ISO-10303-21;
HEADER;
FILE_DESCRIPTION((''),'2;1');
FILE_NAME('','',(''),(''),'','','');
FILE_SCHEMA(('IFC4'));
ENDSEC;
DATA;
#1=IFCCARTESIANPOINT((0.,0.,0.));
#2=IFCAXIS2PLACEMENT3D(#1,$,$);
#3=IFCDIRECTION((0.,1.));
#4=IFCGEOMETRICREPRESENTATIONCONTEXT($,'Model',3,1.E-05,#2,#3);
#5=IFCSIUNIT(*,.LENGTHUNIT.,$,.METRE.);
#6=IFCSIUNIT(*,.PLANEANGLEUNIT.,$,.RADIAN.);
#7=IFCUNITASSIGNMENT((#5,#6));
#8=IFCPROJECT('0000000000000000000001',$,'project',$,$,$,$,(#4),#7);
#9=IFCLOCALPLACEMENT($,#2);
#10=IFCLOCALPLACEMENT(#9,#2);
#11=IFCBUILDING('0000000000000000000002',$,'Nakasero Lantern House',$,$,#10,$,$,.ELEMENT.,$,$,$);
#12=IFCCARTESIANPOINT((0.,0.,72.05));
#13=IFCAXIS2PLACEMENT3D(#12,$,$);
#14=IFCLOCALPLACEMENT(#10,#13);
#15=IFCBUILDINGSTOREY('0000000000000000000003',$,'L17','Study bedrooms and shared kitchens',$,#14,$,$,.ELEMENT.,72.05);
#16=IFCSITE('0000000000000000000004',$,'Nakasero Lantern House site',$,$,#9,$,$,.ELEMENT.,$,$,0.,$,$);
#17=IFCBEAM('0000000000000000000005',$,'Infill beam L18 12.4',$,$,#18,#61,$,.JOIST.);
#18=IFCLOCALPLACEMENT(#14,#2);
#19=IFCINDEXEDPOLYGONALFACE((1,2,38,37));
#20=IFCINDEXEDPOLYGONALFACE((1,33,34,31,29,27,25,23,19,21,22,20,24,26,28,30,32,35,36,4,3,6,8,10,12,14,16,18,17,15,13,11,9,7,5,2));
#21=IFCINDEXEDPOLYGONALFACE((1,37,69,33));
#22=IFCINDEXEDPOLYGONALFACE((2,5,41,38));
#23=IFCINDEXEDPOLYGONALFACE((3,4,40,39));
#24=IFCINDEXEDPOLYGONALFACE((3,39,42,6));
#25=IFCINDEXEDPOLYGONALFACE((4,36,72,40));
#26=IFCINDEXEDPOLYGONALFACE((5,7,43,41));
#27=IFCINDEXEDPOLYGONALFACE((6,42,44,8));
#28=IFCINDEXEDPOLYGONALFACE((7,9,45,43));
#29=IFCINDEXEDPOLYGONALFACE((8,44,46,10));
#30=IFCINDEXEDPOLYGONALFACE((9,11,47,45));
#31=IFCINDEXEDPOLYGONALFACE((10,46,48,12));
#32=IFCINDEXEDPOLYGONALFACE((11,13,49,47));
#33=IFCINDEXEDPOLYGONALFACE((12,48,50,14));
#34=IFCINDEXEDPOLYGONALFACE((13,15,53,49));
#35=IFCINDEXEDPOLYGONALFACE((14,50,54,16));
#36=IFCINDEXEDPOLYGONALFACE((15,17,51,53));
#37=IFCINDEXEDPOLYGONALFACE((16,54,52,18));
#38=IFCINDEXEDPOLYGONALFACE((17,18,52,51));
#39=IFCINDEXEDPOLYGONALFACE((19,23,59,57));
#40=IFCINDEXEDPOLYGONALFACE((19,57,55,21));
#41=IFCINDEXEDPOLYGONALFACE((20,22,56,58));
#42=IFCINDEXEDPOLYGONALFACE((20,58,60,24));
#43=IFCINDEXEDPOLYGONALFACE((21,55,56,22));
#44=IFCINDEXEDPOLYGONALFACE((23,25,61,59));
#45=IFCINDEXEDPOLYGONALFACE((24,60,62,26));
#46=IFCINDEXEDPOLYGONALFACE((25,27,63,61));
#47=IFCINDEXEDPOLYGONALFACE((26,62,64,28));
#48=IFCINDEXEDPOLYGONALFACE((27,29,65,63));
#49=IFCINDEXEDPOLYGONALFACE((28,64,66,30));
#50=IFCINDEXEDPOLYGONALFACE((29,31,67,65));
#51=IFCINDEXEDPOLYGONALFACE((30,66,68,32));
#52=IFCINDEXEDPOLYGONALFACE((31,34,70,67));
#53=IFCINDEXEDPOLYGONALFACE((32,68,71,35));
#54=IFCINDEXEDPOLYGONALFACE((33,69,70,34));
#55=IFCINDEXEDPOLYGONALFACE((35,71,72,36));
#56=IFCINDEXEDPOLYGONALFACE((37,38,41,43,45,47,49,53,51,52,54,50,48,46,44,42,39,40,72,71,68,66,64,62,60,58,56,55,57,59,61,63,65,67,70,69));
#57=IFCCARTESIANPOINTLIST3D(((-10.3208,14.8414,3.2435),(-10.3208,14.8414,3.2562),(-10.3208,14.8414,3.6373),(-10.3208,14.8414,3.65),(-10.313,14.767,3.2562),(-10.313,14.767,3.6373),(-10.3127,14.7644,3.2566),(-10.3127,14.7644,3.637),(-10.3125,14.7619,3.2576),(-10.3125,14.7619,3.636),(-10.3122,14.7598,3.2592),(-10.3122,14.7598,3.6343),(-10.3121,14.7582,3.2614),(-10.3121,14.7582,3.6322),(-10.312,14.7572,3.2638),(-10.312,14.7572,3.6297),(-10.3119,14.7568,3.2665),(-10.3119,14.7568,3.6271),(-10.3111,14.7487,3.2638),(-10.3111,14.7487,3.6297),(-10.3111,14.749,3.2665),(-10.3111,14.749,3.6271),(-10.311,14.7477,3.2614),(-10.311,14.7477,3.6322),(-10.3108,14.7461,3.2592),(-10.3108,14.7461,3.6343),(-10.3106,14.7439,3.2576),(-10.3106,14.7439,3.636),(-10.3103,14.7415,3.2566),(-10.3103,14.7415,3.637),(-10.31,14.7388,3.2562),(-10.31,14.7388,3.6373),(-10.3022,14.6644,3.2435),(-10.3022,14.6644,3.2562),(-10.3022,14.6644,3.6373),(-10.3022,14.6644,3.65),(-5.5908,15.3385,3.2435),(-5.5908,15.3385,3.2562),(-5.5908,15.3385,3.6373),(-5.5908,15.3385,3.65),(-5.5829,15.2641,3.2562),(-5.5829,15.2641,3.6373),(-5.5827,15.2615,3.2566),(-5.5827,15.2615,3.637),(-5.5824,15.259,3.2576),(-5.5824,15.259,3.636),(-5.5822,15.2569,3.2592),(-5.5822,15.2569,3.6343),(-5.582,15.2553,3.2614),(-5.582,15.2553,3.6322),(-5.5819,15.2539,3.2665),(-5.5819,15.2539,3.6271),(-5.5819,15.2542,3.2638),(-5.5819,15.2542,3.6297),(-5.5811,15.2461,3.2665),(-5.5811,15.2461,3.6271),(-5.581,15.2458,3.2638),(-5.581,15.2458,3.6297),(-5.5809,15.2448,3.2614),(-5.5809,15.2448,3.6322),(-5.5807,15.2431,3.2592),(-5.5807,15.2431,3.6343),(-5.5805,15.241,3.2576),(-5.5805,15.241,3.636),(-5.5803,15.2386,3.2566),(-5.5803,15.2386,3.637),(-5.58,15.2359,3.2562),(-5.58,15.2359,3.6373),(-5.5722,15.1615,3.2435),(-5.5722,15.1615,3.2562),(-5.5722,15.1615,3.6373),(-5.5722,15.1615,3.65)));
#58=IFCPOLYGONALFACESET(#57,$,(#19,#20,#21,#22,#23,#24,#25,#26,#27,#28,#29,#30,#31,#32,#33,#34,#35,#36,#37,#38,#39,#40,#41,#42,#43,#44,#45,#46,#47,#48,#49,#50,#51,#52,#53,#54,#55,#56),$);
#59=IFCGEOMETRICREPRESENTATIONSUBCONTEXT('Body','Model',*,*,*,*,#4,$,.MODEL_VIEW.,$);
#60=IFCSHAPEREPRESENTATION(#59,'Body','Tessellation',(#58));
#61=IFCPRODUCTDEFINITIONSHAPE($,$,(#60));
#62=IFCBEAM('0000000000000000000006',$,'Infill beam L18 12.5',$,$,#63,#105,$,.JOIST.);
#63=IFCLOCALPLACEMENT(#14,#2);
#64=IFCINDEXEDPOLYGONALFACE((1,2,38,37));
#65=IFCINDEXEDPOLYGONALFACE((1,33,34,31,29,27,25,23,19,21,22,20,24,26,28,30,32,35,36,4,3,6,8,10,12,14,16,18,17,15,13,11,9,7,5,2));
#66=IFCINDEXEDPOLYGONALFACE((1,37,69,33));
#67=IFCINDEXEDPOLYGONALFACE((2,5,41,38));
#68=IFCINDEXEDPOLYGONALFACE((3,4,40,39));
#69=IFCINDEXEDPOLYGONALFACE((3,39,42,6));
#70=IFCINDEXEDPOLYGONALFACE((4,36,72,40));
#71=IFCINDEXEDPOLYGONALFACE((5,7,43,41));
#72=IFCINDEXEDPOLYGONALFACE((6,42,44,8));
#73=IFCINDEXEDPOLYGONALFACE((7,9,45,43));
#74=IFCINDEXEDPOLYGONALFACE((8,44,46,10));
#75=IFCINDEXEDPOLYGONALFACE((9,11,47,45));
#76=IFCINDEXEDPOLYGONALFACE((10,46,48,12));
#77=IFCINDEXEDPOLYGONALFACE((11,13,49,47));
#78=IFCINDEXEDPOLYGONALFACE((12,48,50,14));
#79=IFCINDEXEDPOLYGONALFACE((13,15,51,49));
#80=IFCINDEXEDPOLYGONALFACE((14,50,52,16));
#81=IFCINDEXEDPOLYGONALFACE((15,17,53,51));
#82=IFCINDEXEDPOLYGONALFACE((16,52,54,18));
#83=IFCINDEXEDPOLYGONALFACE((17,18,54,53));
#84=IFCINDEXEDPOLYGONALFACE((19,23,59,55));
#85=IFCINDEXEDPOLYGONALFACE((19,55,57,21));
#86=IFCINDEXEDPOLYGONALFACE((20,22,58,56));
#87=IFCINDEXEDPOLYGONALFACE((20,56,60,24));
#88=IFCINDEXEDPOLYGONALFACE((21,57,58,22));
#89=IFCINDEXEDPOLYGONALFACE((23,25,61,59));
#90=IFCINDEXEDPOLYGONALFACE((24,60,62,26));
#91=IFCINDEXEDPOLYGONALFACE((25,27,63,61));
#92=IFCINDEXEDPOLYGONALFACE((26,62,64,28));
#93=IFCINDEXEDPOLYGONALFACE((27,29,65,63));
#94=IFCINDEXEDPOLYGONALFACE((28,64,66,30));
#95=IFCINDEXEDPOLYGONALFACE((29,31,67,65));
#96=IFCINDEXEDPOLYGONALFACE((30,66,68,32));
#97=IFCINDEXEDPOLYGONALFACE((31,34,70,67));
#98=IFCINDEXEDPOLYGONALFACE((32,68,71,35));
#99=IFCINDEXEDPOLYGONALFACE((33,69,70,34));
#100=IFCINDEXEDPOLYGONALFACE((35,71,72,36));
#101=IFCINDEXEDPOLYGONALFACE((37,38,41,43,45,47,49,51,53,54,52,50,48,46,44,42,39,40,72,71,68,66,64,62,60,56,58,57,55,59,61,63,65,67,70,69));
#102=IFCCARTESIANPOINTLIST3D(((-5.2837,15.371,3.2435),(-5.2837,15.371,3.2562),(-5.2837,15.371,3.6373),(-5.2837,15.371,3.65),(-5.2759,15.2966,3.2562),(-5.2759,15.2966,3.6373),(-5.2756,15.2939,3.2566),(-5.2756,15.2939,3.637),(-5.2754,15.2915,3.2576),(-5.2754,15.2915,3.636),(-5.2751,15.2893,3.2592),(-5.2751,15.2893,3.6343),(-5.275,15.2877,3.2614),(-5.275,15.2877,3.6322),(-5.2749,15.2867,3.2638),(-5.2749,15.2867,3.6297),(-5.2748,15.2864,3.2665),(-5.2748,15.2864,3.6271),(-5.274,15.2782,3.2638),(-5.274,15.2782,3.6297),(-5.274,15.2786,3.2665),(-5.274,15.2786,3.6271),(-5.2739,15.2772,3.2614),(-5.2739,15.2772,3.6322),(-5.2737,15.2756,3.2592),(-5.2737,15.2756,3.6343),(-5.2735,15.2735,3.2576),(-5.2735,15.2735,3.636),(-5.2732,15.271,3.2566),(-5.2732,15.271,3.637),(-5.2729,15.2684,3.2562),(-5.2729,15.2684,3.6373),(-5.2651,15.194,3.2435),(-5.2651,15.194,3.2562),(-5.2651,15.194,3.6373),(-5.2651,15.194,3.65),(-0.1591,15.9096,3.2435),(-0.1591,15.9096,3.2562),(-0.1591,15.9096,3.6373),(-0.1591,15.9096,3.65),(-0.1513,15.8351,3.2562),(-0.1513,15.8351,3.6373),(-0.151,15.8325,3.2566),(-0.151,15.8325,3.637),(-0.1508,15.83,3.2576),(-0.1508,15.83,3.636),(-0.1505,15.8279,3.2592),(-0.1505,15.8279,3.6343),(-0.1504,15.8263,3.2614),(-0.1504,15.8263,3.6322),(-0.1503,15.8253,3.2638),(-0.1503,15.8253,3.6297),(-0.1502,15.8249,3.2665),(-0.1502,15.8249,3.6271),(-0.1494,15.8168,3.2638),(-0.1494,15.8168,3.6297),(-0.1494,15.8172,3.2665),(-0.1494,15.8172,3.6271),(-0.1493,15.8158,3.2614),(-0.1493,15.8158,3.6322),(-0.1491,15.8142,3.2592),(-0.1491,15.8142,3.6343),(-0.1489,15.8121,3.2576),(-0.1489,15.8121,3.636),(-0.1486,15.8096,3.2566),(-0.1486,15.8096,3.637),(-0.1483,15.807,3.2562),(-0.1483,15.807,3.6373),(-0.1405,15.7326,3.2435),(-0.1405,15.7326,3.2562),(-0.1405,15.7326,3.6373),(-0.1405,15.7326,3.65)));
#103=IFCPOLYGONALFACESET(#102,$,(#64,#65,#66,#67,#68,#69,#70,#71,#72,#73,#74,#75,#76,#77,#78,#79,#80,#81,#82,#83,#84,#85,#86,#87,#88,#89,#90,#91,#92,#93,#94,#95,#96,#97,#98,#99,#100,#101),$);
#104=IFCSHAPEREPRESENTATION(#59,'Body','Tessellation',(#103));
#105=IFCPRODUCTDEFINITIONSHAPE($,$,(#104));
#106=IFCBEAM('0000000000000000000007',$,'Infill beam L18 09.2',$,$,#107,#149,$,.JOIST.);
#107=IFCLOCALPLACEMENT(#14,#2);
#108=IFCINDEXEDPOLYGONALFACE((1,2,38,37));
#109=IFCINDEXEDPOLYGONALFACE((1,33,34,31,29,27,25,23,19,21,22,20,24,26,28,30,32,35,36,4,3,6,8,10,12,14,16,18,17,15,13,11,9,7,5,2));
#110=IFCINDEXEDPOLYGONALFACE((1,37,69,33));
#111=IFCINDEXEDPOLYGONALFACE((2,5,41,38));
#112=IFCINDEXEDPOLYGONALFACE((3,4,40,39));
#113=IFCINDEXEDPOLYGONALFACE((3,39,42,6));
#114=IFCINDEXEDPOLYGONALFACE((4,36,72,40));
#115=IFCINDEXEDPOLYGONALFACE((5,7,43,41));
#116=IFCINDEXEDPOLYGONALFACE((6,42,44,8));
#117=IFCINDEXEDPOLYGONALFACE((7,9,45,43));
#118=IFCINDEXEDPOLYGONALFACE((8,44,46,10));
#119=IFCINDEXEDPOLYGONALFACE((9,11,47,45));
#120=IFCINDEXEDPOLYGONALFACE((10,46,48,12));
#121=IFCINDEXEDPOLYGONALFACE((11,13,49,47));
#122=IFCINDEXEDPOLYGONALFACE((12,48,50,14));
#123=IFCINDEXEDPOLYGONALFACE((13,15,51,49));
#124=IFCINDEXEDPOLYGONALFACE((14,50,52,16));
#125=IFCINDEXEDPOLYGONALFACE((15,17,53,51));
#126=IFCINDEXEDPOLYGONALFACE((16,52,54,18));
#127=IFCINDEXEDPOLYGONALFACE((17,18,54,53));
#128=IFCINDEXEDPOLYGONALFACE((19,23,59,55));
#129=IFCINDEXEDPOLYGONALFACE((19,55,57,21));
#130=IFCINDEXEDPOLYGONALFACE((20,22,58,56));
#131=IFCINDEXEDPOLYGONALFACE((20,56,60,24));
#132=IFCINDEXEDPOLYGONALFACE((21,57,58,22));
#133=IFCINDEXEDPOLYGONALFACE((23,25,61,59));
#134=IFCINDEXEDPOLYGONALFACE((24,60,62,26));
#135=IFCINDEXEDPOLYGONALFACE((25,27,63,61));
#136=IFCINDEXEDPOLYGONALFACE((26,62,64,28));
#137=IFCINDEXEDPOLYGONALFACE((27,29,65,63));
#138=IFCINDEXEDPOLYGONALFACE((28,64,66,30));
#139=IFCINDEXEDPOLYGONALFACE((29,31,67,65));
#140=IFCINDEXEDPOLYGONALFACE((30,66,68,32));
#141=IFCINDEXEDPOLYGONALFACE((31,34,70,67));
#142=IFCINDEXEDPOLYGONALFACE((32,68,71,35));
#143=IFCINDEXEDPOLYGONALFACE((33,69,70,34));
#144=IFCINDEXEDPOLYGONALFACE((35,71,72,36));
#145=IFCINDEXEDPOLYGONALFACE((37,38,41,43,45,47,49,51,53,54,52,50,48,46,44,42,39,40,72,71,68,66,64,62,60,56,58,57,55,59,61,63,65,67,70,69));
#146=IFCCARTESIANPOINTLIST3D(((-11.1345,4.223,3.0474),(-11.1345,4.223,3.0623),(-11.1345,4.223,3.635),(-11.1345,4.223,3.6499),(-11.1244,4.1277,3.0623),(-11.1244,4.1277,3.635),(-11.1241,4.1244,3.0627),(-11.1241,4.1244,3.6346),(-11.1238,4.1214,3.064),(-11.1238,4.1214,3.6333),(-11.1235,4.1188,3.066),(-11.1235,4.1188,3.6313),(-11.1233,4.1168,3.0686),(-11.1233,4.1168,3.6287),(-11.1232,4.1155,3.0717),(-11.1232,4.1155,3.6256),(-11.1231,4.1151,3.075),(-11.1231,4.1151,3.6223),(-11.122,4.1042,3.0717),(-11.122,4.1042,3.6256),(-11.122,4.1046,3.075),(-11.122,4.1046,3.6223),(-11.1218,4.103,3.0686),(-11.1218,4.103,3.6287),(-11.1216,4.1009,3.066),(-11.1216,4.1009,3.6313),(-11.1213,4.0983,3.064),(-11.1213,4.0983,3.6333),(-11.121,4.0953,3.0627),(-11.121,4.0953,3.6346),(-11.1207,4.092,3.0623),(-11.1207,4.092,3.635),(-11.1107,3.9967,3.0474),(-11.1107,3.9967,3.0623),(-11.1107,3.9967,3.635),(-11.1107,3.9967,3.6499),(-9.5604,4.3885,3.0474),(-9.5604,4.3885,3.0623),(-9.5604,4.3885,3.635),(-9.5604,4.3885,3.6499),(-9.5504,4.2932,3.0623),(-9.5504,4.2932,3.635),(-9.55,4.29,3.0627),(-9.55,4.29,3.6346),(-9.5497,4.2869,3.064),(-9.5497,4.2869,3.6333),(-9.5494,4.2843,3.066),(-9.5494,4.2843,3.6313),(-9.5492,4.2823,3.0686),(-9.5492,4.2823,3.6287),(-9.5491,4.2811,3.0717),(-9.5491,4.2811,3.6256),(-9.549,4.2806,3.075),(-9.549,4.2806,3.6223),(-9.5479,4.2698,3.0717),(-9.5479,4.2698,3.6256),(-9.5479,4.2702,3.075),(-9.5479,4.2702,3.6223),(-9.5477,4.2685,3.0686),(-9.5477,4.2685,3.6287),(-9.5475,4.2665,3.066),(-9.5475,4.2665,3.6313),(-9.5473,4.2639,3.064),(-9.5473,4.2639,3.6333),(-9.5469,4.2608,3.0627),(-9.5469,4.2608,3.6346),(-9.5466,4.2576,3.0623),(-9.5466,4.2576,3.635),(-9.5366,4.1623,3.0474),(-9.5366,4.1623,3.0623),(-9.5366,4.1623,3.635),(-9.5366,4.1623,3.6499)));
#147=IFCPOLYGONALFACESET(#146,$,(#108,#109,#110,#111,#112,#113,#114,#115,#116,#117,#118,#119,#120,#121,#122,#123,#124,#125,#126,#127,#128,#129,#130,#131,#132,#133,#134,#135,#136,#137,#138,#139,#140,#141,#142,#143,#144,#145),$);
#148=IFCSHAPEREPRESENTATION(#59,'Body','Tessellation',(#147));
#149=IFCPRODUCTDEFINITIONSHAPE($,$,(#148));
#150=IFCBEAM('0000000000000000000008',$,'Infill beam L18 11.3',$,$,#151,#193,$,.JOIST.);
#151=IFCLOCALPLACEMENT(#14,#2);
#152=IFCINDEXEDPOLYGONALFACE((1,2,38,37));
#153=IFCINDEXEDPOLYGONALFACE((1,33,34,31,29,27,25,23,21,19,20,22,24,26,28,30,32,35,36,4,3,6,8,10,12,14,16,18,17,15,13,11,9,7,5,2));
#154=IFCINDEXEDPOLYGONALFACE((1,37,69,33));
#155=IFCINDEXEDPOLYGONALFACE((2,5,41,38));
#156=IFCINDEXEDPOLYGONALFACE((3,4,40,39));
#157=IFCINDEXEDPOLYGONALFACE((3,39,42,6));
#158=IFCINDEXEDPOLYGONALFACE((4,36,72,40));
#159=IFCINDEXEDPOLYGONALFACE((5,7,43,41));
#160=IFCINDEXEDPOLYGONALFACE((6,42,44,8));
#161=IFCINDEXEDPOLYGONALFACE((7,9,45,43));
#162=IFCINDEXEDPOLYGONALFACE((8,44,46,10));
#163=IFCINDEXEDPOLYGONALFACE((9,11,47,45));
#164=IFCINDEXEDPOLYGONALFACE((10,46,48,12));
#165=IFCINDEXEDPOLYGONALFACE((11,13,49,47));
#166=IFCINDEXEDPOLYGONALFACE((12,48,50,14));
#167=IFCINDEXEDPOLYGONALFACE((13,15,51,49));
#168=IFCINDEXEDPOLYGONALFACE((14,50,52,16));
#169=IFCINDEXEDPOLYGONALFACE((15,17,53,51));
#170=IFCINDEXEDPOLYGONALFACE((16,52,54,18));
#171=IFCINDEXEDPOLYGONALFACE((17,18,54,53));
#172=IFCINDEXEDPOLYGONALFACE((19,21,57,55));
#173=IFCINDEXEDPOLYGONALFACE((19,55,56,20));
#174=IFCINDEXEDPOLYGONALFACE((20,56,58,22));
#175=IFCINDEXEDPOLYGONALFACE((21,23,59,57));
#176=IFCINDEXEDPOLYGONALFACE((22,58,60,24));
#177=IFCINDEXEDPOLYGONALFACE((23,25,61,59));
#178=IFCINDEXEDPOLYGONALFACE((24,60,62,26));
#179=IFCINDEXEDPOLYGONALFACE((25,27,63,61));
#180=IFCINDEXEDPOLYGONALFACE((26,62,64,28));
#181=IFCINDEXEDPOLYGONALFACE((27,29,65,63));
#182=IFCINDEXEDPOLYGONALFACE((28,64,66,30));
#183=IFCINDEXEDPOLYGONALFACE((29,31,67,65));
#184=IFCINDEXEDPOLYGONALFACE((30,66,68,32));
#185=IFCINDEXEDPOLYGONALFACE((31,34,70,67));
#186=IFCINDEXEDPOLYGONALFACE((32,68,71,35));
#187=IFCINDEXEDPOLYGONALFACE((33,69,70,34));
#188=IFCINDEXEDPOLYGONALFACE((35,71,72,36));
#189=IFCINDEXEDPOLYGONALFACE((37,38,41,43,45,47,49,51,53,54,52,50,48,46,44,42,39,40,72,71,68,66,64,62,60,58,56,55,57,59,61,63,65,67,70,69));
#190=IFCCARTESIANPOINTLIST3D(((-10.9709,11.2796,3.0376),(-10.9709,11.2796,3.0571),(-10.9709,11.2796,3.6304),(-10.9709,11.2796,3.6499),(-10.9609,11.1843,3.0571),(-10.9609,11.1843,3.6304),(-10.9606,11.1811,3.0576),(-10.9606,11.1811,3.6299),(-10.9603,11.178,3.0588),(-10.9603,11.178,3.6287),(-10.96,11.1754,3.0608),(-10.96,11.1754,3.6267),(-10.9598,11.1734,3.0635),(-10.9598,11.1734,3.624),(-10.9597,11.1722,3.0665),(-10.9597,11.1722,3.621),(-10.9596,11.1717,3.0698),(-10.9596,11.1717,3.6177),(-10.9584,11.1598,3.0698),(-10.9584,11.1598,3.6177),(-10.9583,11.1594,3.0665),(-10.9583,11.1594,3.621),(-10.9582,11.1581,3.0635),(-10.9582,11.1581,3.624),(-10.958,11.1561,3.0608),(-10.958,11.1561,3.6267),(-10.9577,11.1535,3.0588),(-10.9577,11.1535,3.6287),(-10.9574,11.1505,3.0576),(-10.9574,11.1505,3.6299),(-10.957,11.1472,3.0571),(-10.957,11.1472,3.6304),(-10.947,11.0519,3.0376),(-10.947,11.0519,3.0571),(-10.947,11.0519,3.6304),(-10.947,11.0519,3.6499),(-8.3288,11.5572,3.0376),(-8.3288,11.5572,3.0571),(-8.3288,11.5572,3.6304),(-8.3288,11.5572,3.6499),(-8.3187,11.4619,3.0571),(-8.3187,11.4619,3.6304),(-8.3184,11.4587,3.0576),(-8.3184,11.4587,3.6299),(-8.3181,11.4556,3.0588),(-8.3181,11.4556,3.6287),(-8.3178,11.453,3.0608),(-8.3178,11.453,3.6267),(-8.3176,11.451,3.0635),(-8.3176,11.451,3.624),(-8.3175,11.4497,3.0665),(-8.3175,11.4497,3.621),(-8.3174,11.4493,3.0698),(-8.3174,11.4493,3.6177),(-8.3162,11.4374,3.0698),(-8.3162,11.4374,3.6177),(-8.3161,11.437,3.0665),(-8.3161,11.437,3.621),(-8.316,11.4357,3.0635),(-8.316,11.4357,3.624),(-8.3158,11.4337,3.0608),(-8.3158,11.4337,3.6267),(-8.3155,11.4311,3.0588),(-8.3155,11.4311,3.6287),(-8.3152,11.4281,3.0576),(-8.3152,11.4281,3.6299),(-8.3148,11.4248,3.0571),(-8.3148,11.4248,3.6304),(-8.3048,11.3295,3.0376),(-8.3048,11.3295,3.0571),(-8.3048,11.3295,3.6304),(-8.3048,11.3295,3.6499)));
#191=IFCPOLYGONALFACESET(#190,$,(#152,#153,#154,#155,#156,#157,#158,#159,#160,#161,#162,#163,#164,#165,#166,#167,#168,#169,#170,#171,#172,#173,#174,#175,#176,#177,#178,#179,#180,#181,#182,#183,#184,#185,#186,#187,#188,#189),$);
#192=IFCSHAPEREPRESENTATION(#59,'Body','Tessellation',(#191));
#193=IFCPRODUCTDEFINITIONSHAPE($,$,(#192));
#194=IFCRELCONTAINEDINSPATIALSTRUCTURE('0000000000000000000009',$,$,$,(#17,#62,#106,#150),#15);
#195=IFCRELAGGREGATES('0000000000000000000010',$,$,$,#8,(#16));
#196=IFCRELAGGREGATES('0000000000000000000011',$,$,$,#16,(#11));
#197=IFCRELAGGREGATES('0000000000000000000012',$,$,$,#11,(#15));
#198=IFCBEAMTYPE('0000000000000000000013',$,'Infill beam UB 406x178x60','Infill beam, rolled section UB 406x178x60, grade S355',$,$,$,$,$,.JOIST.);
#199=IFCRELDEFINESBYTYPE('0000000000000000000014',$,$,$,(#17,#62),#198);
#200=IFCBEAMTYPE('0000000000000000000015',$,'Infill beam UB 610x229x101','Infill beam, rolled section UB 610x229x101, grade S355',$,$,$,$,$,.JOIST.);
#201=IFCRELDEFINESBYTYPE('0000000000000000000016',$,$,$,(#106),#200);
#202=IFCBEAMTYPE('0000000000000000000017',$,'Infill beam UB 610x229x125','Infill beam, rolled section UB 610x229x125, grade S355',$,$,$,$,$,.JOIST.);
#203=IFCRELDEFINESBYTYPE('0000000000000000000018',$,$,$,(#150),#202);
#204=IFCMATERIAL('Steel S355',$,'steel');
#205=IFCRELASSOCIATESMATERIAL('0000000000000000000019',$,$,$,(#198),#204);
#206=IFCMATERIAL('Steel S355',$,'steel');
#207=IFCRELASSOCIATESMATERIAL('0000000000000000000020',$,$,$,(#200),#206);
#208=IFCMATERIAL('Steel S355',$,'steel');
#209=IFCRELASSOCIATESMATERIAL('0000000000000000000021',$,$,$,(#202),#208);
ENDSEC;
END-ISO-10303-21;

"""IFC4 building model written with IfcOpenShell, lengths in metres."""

from ifc_helpers import new_model, si_unit, direction, frame, origin, origin_2d, place, context, subcontext, project, spatial, i_section, extrude, material, material_profile, profile_set, type_object, element, save


model = new_model("IFC4")

# Units and contexts
model_context = context("Model", 3, precision=1e-05, world=origin(), true_north=direction((0.0, 1.0)))
body_context = subcontext(model_context, "Body", "Model", "MODEL_VIEW")
ifc_project = project(units=[si_unit("LENGTHUNIT", "METRE"), si_unit("PLANEANGLEUNIT", "RADIAN")], contexts=[model_context])

# Site, building, storey
site_placement = place(None, origin())
site = spatial("IfcSite", under=ifc_project, at=site_placement, Name="Nakasero Lantern House site", CompositionType="ELEMENT", RefElevation=0.0)
building_placement = place(site_placement, origin())
building = spatial("IfcBuilding", under=site, at=building_placement, Name="Nakasero Lantern House", CompositionType="ELEMENT")
storey_placement = place(building_placement, frame((0.0, 0.0, 72.05)))
storey = spatial("IfcBuildingStorey", under=building, at=storey_placement, Name="L17", Description="Study bedrooms and shared kitchens", CompositionType="ELEMENT", Elevation=72.05)

# Beams
ifc_material_1 = material(Name="Steel S355", Category="steel")
ifc_material_profile_1 = material_profile(ifc_material_1, i_section(OverallWidth=0.178, OverallDepth=0.4065, WebThickness=0.0078, FlangeThickness=0.0127, FilletRadius=0.0103, at=origin_2d()), Name="UB 406x178x60")
ifc_profile_set_1 = profile_set([ifc_material_profile_1], Name="Steel S355")
beam_type_1 = type_object("IfcBeamType", Name="Infill beam UB 406x178x60", Description="Infill beam, rolled section UB 406x178x60, grade S355", PredefinedType="JOIST", material=ifc_profile_set_1)
beam_1_placement = place(storey_placement, frame((-10.3115, 14.7529, 3.4468), z_axis=(0.994523, 0.104514, 0.0), x_axis=(-0.104514, 0.994523, 0.0)))
element("IfcBeam", 1, at=beam_1_placement, inside=storey, type_object=beam_type_1, Name="Infill beam L18 12.4", PredefinedType="JOIST", context=body_context, shape_type="SweptSolid", body=[
    extrude(i_section(OverallWidth=0.178, OverallDepth=0.4065, WebThickness=0.0078, FlangeThickness=0.0127, FilletRadius=0.0103, at=origin_2d()), origin(), (0.0, 0.0, 1.0), 4.7561),
])
beam_2_placement = place(storey_placement, frame((-5.2744, 15.2825, 3.4468), z_axis=(0.994523, 0.104522, 0.0), x_axis=(-0.104522, 0.994523, 0.0)))
element("IfcBeam", 2, at=beam_2_placement, inside=storey, type_object=beam_type_1, Name="Infill beam L18 12.5", PredefinedType="JOIST", context=body_context, shape_type="SweptSolid", body=[
    extrude(i_section(OverallWidth=0.178, OverallDepth=0.4065, WebThickness=0.0078, FlangeThickness=0.0127, FilletRadius=0.0103, at=origin_2d()), origin(), (0.0, 0.0, 1.0), 5.1528),
])
ifc_material_2 = material(Name="Steel S355", Category="steel")
ifc_material_profile_2 = material_profile(ifc_material_2, i_section(OverallWidth=0.2275, OverallDepth=0.6025, WebThickness=0.0105, FlangeThickness=0.0149, FilletRadius=0.0127, at=origin_2d()), Name="UB 610x229x101")
ifc_profile_set_2 = profile_set([ifc_material_profile_2], Name="Steel S355")
beam_type_2 = type_object("IfcBeamType", Name="Infill beam UB 610x229x101", Description="Infill beam, rolled section UB 610x229x101, grade S355", PredefinedType="JOIST", material=ifc_profile_set_2)
beam_3_placement = place(storey_placement, frame((-11.1226, 4.1099, 3.3486), z_axis=(0.994516, 0.104588, 0.0), x_axis=(-0.104588, 0.994516, 0.0)))
element("IfcBeam", 3, at=beam_3_placement, inside=storey, type_object=beam_type_2, Name="Infill beam L18 09.2", PredefinedType="JOIST", context=body_context, shape_type="SweptSolid", body=[
    extrude(i_section(OverallWidth=0.2275, OverallDepth=0.6025, WebThickness=0.0105, FlangeThickness=0.0149, FilletRadius=0.0127, at=origin_2d()), origin(), (0.0, 0.0, 1.0), 1.5828),
])
ifc_material_3 = material(Name="Steel S355", Category="steel")
ifc_material_profile_3 = material_profile(ifc_material_3, i_section(OverallWidth=0.229, OverallDepth=0.6123, WebThickness=0.012, FlangeThickness=0.0195, FilletRadius=0.0127, at=origin_2d()), Name="UB 610x229x125")
ifc_profile_set_3 = profile_set([ifc_material_profile_3], Name="Steel S355")
beam_type_3 = type_object("IfcBeamType", Name="Infill beam UB 610x229x125", Description="Infill beam, rolled section UB 610x229x125, grade S355", PredefinedType="JOIST", material=ifc_profile_set_3)
beam_4_placement = place(storey_placement, frame((-10.959, 11.1658, 3.3438), z_axis=(0.994526, 0.104489, 0.0), x_axis=(-0.104489, 0.994526, 0.0)))
element("IfcBeam", 4, at=beam_4_placement, inside=storey, type_object=beam_type_3, Name="Infill beam L18 11.3", PredefinedType="JOIST", context=body_context, shape_type="SweptSolid", body=[
    extrude(i_section(OverallWidth=0.229, OverallDepth=0.6123, WebThickness=0.012, FlangeThickness=0.0195, FilletRadius=0.0127, at=origin_2d()), origin(), (0.0, 0.0, 1.0), 2.6567),
])

save(model, "model.ifc")
